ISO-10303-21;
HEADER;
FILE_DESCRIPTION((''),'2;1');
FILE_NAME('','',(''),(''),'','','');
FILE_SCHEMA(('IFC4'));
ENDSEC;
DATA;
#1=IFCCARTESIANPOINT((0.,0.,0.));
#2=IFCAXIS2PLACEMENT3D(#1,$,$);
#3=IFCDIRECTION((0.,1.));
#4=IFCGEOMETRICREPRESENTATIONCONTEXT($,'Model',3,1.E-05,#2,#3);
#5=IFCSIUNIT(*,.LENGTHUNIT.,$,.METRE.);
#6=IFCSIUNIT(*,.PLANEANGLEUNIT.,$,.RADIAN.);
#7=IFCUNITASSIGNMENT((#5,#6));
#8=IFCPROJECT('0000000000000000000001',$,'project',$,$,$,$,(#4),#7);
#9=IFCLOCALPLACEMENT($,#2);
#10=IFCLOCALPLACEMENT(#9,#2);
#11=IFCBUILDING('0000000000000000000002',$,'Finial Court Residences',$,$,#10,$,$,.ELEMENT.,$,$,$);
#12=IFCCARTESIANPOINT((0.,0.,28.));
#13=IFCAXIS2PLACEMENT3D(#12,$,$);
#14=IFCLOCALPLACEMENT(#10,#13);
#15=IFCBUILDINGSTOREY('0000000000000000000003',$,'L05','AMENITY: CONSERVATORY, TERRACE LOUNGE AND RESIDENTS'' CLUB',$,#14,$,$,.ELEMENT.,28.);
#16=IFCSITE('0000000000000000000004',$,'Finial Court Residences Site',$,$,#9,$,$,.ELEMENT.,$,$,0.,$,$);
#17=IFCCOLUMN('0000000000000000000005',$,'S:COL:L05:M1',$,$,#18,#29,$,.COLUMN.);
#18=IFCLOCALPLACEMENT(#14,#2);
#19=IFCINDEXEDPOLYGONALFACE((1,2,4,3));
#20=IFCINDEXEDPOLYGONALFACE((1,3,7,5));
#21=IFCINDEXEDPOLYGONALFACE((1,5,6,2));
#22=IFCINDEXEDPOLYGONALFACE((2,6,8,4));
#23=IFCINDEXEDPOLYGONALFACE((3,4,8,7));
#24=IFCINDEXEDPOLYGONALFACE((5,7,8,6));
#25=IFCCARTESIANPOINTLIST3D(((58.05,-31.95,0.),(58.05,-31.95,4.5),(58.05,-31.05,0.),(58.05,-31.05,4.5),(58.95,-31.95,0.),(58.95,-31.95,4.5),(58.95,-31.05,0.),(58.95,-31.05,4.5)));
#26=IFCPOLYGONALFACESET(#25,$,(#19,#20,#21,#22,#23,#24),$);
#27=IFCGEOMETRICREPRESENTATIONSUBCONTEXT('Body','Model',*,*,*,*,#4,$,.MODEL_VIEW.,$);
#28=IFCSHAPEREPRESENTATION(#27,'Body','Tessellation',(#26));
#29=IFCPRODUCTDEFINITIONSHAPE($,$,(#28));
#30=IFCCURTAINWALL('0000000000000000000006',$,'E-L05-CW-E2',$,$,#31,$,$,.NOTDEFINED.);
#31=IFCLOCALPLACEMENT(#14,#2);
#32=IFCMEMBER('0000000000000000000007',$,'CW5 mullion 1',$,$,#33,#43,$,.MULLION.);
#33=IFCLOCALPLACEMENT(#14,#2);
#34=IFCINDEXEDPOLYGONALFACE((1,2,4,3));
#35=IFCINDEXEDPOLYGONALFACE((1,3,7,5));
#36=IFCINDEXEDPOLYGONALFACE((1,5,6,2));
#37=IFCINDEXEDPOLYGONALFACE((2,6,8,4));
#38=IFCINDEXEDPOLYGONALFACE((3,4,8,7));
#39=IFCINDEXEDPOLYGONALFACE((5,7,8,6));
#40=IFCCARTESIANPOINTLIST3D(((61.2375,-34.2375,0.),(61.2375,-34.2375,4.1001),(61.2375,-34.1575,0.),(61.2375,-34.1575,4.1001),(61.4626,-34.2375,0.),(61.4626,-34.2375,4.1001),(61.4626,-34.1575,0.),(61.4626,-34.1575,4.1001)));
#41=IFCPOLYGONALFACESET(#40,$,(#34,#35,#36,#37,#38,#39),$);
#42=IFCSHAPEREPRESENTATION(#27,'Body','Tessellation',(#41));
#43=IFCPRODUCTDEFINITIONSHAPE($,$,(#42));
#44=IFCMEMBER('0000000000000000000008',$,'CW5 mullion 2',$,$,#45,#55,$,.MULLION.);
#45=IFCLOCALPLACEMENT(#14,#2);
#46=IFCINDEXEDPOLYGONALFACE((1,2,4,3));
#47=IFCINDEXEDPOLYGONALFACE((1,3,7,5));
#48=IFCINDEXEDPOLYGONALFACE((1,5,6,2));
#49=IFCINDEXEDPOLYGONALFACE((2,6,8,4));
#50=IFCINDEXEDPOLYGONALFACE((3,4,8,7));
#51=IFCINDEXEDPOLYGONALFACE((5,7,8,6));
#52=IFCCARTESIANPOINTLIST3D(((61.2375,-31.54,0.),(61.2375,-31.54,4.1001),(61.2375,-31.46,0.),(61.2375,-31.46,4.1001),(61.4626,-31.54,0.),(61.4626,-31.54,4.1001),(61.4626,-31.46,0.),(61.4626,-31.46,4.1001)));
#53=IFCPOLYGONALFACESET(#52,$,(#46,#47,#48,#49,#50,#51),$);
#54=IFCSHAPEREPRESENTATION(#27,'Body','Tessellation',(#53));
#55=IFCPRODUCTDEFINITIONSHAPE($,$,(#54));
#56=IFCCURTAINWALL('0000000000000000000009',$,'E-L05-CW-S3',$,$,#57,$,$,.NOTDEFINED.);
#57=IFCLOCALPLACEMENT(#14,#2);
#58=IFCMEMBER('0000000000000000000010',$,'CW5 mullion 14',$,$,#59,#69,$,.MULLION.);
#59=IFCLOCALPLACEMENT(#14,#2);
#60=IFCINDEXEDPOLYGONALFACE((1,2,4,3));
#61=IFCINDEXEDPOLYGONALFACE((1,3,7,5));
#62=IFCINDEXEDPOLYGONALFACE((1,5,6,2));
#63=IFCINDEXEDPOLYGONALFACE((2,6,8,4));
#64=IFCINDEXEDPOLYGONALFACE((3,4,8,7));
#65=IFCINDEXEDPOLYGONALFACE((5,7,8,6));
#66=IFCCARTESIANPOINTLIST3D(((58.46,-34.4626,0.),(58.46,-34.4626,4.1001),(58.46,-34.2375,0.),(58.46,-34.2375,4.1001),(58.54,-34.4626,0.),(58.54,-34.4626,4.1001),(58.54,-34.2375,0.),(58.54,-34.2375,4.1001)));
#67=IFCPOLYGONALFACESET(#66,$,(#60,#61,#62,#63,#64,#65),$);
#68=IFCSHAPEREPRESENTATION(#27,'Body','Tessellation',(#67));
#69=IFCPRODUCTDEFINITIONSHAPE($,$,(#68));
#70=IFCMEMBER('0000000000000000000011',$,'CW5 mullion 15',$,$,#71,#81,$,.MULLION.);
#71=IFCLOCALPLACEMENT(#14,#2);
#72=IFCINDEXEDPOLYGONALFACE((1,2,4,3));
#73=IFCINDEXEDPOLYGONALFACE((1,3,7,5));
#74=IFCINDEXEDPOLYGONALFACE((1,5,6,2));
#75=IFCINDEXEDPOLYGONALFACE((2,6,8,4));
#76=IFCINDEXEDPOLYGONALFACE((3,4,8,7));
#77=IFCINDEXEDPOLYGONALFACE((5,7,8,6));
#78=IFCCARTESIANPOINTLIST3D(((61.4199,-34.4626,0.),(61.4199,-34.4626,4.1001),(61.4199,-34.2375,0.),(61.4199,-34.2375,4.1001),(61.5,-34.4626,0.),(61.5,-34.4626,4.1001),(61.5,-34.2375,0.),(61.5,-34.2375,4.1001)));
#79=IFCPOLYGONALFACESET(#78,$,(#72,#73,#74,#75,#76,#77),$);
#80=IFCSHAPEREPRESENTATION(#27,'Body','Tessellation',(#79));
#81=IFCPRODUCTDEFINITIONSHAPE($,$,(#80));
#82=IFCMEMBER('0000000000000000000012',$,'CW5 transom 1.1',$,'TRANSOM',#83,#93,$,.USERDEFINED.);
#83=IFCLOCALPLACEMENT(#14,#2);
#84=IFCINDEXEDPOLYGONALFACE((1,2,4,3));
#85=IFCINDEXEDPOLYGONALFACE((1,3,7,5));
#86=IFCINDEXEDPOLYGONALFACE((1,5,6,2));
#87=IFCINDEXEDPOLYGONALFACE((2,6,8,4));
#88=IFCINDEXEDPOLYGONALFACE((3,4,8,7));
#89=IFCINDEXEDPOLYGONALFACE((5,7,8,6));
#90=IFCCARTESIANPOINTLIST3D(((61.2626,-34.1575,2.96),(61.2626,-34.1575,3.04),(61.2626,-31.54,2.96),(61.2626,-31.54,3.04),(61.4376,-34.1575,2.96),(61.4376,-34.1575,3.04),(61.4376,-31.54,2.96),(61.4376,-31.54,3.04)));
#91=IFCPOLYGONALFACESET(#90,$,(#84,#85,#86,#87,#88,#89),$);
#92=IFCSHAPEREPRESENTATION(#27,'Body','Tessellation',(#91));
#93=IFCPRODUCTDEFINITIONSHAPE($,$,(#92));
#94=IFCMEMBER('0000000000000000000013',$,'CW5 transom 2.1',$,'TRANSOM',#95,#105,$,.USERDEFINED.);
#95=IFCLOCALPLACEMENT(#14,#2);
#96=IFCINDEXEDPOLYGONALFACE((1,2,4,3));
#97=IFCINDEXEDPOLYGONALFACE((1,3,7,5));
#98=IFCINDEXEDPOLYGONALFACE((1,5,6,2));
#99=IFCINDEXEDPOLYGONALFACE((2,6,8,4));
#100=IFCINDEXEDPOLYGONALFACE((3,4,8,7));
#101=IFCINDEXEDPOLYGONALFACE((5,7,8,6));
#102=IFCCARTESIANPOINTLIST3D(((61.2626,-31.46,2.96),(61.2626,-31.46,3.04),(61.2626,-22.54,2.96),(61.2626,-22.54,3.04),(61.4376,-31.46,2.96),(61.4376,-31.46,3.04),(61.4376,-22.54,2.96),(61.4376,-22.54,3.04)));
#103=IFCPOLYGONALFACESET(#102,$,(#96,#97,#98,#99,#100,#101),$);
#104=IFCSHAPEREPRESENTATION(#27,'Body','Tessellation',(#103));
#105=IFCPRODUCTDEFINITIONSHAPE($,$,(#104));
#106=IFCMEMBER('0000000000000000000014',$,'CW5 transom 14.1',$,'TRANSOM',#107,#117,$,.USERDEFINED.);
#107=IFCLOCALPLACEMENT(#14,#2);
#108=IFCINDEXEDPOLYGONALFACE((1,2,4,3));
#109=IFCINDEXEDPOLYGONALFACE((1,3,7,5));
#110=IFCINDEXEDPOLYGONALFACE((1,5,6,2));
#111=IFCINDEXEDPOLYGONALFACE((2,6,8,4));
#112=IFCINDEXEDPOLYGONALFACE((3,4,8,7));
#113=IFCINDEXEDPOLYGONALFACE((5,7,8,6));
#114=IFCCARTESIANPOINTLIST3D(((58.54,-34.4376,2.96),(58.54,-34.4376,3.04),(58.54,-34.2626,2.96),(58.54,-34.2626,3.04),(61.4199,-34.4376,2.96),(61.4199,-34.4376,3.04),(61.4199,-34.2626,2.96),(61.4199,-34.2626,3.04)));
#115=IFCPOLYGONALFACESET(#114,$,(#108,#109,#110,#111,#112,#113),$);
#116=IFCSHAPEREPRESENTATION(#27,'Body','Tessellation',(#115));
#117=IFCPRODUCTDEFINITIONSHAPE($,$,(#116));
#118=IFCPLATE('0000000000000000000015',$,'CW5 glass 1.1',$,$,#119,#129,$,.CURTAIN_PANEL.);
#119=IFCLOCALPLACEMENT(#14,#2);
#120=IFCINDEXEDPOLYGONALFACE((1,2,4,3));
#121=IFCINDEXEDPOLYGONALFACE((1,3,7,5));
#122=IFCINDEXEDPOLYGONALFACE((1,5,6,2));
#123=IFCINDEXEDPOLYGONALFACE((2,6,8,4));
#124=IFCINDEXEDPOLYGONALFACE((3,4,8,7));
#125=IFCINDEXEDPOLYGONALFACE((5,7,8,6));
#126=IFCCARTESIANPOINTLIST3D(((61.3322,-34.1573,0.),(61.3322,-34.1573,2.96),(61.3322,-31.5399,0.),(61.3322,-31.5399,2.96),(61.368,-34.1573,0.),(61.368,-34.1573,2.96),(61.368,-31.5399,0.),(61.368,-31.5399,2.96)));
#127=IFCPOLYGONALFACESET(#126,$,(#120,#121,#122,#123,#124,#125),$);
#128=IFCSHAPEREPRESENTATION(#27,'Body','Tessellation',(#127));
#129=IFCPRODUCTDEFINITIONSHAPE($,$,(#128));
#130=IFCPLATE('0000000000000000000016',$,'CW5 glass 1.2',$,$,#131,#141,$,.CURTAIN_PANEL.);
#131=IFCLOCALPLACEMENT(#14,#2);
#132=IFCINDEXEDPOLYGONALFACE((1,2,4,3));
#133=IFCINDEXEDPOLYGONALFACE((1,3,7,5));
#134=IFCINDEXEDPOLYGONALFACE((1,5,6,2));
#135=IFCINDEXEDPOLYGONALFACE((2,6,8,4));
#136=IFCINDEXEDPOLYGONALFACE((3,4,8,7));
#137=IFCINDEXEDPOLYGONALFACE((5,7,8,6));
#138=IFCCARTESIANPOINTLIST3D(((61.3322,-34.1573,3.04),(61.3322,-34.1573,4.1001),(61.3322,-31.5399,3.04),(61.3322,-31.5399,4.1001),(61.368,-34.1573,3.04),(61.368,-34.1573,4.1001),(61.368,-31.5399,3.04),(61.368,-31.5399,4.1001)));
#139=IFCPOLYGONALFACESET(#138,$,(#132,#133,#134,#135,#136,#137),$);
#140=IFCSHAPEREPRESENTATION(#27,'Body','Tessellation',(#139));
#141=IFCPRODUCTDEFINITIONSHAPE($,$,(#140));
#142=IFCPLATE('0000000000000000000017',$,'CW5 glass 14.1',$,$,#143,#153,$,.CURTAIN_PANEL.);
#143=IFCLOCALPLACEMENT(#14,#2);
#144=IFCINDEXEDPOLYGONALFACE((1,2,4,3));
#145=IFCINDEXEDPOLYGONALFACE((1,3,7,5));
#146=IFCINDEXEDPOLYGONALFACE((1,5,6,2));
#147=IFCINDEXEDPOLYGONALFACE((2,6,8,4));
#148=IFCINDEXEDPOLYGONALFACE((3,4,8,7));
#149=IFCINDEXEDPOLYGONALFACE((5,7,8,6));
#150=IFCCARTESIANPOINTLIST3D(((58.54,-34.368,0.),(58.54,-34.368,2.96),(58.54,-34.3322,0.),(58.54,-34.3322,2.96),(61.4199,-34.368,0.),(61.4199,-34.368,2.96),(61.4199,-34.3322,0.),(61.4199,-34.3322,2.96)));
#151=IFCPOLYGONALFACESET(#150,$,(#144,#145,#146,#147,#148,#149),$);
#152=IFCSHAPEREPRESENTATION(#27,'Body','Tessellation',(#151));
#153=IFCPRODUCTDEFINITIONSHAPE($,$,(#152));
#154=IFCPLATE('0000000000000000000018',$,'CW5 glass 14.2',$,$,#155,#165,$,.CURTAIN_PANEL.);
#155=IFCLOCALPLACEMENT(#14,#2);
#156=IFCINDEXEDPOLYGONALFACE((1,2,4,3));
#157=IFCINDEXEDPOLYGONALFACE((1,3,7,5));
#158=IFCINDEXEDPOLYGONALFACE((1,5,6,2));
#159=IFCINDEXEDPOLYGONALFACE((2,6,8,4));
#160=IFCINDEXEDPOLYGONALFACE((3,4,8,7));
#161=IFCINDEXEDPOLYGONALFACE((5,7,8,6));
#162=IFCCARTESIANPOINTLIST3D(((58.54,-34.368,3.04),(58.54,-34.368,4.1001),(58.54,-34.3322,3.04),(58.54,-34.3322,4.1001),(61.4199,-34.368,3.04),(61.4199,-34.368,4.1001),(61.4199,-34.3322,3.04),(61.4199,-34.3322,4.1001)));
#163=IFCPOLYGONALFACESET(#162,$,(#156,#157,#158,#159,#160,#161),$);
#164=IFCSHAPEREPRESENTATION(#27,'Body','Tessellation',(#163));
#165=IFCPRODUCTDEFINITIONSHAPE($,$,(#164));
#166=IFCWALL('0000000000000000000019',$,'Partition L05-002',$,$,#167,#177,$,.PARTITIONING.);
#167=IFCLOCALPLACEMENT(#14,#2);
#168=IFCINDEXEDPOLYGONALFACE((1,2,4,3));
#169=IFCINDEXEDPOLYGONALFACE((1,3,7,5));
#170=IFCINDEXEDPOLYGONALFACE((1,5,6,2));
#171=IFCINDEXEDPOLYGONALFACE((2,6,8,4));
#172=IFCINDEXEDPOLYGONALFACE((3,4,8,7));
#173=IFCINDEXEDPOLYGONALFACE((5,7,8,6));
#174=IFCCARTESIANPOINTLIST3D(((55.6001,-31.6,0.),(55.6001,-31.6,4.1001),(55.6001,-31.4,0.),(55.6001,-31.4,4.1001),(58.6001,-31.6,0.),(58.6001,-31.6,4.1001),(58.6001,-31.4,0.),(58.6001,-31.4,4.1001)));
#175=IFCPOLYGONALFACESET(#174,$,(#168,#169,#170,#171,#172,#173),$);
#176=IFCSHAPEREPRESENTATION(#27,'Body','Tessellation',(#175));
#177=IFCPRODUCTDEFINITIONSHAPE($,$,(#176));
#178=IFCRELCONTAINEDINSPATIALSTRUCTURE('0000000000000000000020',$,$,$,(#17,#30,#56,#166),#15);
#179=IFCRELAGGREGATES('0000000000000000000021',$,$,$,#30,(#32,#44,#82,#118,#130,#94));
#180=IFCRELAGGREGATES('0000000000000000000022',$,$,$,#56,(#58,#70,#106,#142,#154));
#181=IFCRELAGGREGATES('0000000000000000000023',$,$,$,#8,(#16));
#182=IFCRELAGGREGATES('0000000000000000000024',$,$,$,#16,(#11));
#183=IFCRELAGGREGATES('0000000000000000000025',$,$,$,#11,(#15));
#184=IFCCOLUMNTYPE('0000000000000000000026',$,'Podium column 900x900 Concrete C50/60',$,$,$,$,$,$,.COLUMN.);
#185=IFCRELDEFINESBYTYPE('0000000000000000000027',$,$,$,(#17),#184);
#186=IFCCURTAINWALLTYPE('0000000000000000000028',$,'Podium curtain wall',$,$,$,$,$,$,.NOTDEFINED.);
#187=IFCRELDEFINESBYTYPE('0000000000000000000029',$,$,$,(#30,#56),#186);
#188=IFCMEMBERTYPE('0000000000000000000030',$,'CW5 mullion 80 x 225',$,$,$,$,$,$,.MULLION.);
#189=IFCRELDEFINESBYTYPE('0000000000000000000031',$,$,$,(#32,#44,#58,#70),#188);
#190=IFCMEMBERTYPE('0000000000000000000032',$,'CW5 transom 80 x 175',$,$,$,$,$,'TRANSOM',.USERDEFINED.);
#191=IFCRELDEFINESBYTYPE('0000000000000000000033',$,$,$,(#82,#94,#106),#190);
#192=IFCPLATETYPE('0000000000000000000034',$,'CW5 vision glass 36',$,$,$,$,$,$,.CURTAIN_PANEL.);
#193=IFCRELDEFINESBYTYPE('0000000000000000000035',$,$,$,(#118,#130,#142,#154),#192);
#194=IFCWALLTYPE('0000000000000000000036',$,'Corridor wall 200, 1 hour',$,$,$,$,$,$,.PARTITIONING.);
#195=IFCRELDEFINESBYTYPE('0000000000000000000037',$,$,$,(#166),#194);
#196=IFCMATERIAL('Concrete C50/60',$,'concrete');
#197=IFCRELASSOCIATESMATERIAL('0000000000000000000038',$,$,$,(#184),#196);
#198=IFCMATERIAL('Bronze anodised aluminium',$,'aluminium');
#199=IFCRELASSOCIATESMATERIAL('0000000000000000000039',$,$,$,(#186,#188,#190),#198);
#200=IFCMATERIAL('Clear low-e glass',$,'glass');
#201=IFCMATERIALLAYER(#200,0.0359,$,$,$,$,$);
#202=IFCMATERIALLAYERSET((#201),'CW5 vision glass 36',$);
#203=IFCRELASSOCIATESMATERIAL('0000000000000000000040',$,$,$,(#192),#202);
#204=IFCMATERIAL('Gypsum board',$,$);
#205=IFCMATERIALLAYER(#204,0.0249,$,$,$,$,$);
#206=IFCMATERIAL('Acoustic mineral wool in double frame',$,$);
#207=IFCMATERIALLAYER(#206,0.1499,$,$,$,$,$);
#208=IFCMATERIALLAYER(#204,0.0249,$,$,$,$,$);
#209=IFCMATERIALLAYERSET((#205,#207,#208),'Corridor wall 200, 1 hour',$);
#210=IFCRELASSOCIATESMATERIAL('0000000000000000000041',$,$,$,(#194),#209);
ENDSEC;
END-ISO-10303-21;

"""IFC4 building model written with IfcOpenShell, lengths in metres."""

from ifc_helpers import new_model, si_unit, direction, frame, frame_2d, origin, origin_2d, place, context, subcontext, project, spatial, rectangle, extrude, material, layer, layer_set, material_profile, profile_set, type_object, element, aggregate, save


model = new_model("IFC4")

# Units and contexts
model_context = context("Model", 3, precision=1e-05, world=origin(), true_north=direction((0.0, 1.0)))
body_context = subcontext(model_context, "Body", "Model", "MODEL_VIEW")
ifc_project = project(units=[si_unit("LENGTHUNIT", "METRE"), si_unit("PLANEANGLEUNIT", "RADIAN")], contexts=[model_context])

# Site, building, storey
site_placement = place(None, origin())
site = spatial("IfcSite", under=ifc_project, at=site_placement, Name="Finial Court Residences Site", CompositionType="ELEMENT", RefElevation=0.0)
building_placement = place(site_placement, origin())
building = spatial("IfcBuilding", under=site, at=building_placement, Name="Finial Court Residences", CompositionType="ELEMENT")
storey_placement = place(building_placement, frame((0.0, 0.0, 28.0)))
storey = spatial("IfcBuildingStorey", under=building, at=storey_placement, Name="L05", Description="AMENITY: CONSERVATORY, TERRACE LOUNGE AND RESIDENTS' CLUB", CompositionType="ELEMENT", Elevation=28.0)

# Column
ifc_material_1 = material(Name="Concrete C50/60", Category="concrete")
ifc_material_profile_1 = material_profile(ifc_material_1, rectangle(XDim=0.8999, YDim=0.8999, at=origin_2d()), Name="900x900")
ifc_profile_set_1 = profile_set([ifc_material_profile_1], Name="Concrete C50/60")
column_type = type_object("IfcColumnType", Name="Podium column 900x900 Concrete C50/60", PredefinedType="COLUMN", material=ifc_profile_set_1)
column_placement = place(storey_placement, frame((58.5, -31.5, 0.0), z_axis=(0.0, 0.0, 1.0), x_axis=(1.0, 0.0, 0.0)))
element("IfcColumn", 1, at=column_placement, inside=storey, type_object=column_type, Name="S:COL:L05:M1", PredefinedType="COLUMN", context=body_context, shape_type="SweptSolid", body=[
    extrude(rectangle(XDim=0.8999, YDim=0.8999, at=origin_2d()), origin(), (0.0, 0.0, 1.0), 4.5),
])

# Curtain walls, members
ifc_material_2 = material(Name="Bronze anodised aluminium", Category="aluminium")
curtain_wall_type = type_object("IfcCurtainWallType", Name="Podium curtain wall", PredefinedType="NOTDEFINED", material=ifc_material_2)
curtain_wall_1_placement = place(storey_placement, origin())
curtain_wall_1 = element("IfcCurtainWall", 2, at=curtain_wall_1_placement, inside=storey, type_object=curtain_wall_type, Name="E-L05-CW-E2", PredefinedType="NOTDEFINED")
ifc_material_profile_2 = material_profile(ifc_material_2, rectangle(XDim=0.2251, YDim=0.0801, at=origin_2d()), Name="CW5 mullion 80 x 225")
ifc_profile_set_2 = profile_set([ifc_material_profile_2], Name="Bronze anodised aluminium")
member_type_1 = type_object("IfcMemberType", Name="CW5 mullion 80 x 225", PredefinedType="MULLION", material=ifc_profile_set_2)
member_1_placement = place(storey_placement, frame((61.3501, -34.1975, 0.0), z_axis=(0.0, 0.0, 1.0), x_axis=(-1.0, 0.0, 0.0)))
member_1 = element("IfcMember", 3, at=member_1_placement, type_object=member_type_1, Name="CW5 mullion 1", PredefinedType="MULLION", context=body_context, shape_type="SweptSolid", body=[
    extrude(rectangle(XDim=0.2251, YDim=0.0801, at=origin_2d()), origin(), (0.0, 0.0, 1.0), 4.1001),
])
member_2_placement = place(storey_placement, frame((61.3501, -31.5, 0.0), z_axis=(0.0, 0.0, 1.0), x_axis=(-1.0, 0.0, 0.0)))
member_2 = element("IfcMember", 4, at=member_2_placement, type_object=member_type_1, Name="CW5 mullion 2", PredefinedType="MULLION", context=body_context, shape_type="SweptSolid", body=[
    extrude(rectangle(XDim=0.2251, YDim=0.0801, at=origin_2d()), origin(), (0.0, 0.0, 1.0), 4.1001),
])
curtain_wall_2_placement = place(storey_placement, origin())
curtain_wall_2 = element("IfcCurtainWall", 5, at=curtain_wall_2_placement, inside=storey, type_object=curtain_wall_type, Name="E-L05-CW-S3", PredefinedType="NOTDEFINED")
member_3_placement = place(storey_placement, frame((58.5, -34.3501, 0.0), z_axis=(0.0, 0.0, 1.0), x_axis=(0.0, 1.0, 0.0)))
member_3 = element("IfcMember", 6, at=member_3_placement, type_object=member_type_1, Name="CW5 mullion 14", PredefinedType="MULLION", context=body_context, shape_type="SweptSolid", body=[
    extrude(rectangle(XDim=0.2251, YDim=0.0801, at=origin_2d()), origin(), (0.0, 0.0, 1.0), 4.1001),
])
member_4_placement = place(storey_placement, frame((61.46, -34.3501, 0.0), z_axis=(0.0, 0.0, 1.0), x_axis=(0.0, 1.0, 0.0)))
member_4 = element("IfcMember", 7, at=member_4_placement, type_object=member_type_1, Name="CW5 mullion 15", PredefinedType="MULLION", context=body_context, shape_type="SweptSolid", body=[
    extrude(rectangle(XDim=0.2251, YDim=0.0801, at=origin_2d()), origin(), (0.0, 0.0, 1.0), 4.1001),
])

# Members
ifc_material_profile_3 = material_profile(ifc_material_2, rectangle(XDim=0.175, YDim=0.0801, at=origin_2d()), Name="CW5 transom 80 x 175")
ifc_profile_set_3 = profile_set([ifc_material_profile_3], Name="Bronze anodised aluminium")
member_type_2 = type_object("IfcMemberType", Name="CW5 transom 80 x 175", ElementType="TRANSOM", PredefinedType="USERDEFINED", material=ifc_profile_set_3)
member_5_placement = place(storey_placement, frame((61.3501, -34.1575, 3.0), z_axis=(0.0, 1.0, 0.0), x_axis=(-1.0, 0.0, 0.0)))
member_5 = element("IfcMember", 8, at=member_5_placement, type_object=member_type_2, Name="CW5 transom 1.1", ObjectType="TRANSOM", PredefinedType="USERDEFINED", context=body_context, shape_type="SweptSolid", body=[
    extrude(rectangle(XDim=0.175, YDim=0.0801, at=origin_2d()), origin(), (0.0, 0.0, 1.0), 2.6174),
])
member_6_placement = place(storey_placement, frame((61.3501, -31.46, 3.0), z_axis=(0.0, 1.0, 0.0), x_axis=(-1.0, 0.0, 0.0)))
member_6 = element("IfcMember", 9, at=member_6_placement, type_object=member_type_2, Name="CW5 transom 2.1", ObjectType="TRANSOM", PredefinedType="USERDEFINED", context=body_context, shape_type="SweptSolid", body=[
    extrude(rectangle(XDim=0.175, YDim=0.0801, at=origin_2d()), origin(), (0.0, 0.0, 1.0), 8.9199),
])
member_7_placement = place(storey_placement, frame((58.54, -34.3501, 3.0), z_axis=(1.0, 0.0, 0.0), x_axis=(0.0, 1.0, 0.0)))
member_7 = element("IfcMember", 10, at=member_7_placement, type_object=member_type_2, Name="CW5 transom 14.1", ObjectType="TRANSOM", PredefinedType="USERDEFINED", context=body_context, shape_type="SweptSolid", body=[
    extrude(rectangle(XDim=0.175, YDim=0.0801, at=origin_2d()), origin(), (0.0, 0.0, 1.0), 2.8799),
])

# Plates
ifc_material_3 = material(Name="Clear low-e glass", Category="glass")
ifc_layer_1 = layer(ifc_material_3, 0.0359)
ifc_layer_set_1 = layer_set([ifc_layer_1], Name="CW5 vision glass 36")
plate_type = type_object("IfcPlateType", Name="CW5 vision glass 36", PredefinedType="CURTAIN_PANEL", material=ifc_layer_set_1)
plate_1_placement = place(storey_placement, frame((61.3501, -32.8486, 0.0), z_axis=(0.0, 0.0, 1.0), x_axis=(0.0, 1.0, 0.0)))
plate_1 = element("IfcPlate", 11, at=plate_1_placement, type_object=plate_type, Name="CW5 glass 1.1", PredefinedType="CURTAIN_PANEL", context=body_context, shape_type="SweptSolid", body=[
    extrude(rectangle(XDim=2.6174, YDim=0.0359, at=origin_2d()), origin(), (0.0, 0.0, 1.0), 2.96),
])
plate_2_placement = place(storey_placement, frame((61.3501, -32.8486, 3.04), z_axis=(0.0, 0.0, 1.0), x_axis=(0.0, 1.0, 0.0)))
plate_2 = element("IfcPlate", 12, at=plate_2_placement, type_object=plate_type, Name="CW5 glass 1.2", PredefinedType="CURTAIN_PANEL", context=body_context, shape_type="SweptSolid", body=[
    extrude(rectangle(XDim=2.6174, YDim=0.0359, at=origin_2d()), origin(), (0.0, 0.0, 1.0), 1.0601),
])
aggregate(curtain_wall_1, [member_1, member_2, member_5, plate_1, plate_2, member_6])
plate_3_placement = place(storey_placement, frame((59.98, -34.3501, 0.0), z_axis=(0.0, 0.0, 1.0), x_axis=(1.0, 0.0, 0.0)))
plate_3 = element("IfcPlate", 13, at=plate_3_placement, type_object=plate_type, Name="CW5 glass 14.1", PredefinedType="CURTAIN_PANEL", context=body_context, shape_type="SweptSolid", body=[
    extrude(rectangle(XDim=2.8799, YDim=0.0359, at=origin_2d()), origin(), (0.0, 0.0, 1.0), 2.96),
])
plate_4_placement = place(storey_placement, frame((59.98, -34.3501, 3.04), z_axis=(0.0, 0.0, 1.0), x_axis=(1.0, 0.0, 0.0)))
plate_4 = element("IfcPlate", 14, at=plate_4_placement, type_object=plate_type, Name="CW5 glass 14.2", PredefinedType="CURTAIN_PANEL", context=body_context, shape_type="SweptSolid", body=[
    extrude(rectangle(XDim=2.8799, YDim=0.0359, at=origin_2d()), origin(), (0.0, 0.0, 1.0), 1.0601),
])
aggregate(curtain_wall_2, [member_3, member_4, member_7, plate_3, plate_4])

# Wall
ifc_material_4 = material(Name="Gypsum board")
ifc_layer_2 = layer(ifc_material_4, 0.0249)
ifc_material_5 = material(Name="Acoustic mineral wool in double frame")
ifc_layer_3 = layer(ifc_material_5, 0.1499)
ifc_layer_4 = layer(ifc_material_4, 0.0249)
ifc_layer_set_2 = layer_set([ifc_layer_2, ifc_layer_3, ifc_layer_4], Name="Corridor wall 200, 1 hour")
wall_type_1 = type_object("IfcWallType", Name="Corridor wall 200, 1 hour", PredefinedType="PARTITIONING", material=ifc_layer_set_2)
wall_1_placement = place(storey_placement, frame((55.6001, -31.5, 0.0), z_axis=(0.0, 0.0, 1.0), x_axis=(1.0, 0.0, 0.0)))
element("IfcWall", 15, at=wall_1_placement, inside=storey, type_object=wall_type_1, Name="Partition L05-002", PredefinedType="PARTITIONING", context=body_context, shape_type="SweptSolid", body=[
    extrude(rectangle(XDim=3.0, YDim=0.2, at=frame_2d((1.5, 0.0))), origin(), (0.0, 0.0, 1.0), 4.1001),
])

save(model, "model.ifc")
